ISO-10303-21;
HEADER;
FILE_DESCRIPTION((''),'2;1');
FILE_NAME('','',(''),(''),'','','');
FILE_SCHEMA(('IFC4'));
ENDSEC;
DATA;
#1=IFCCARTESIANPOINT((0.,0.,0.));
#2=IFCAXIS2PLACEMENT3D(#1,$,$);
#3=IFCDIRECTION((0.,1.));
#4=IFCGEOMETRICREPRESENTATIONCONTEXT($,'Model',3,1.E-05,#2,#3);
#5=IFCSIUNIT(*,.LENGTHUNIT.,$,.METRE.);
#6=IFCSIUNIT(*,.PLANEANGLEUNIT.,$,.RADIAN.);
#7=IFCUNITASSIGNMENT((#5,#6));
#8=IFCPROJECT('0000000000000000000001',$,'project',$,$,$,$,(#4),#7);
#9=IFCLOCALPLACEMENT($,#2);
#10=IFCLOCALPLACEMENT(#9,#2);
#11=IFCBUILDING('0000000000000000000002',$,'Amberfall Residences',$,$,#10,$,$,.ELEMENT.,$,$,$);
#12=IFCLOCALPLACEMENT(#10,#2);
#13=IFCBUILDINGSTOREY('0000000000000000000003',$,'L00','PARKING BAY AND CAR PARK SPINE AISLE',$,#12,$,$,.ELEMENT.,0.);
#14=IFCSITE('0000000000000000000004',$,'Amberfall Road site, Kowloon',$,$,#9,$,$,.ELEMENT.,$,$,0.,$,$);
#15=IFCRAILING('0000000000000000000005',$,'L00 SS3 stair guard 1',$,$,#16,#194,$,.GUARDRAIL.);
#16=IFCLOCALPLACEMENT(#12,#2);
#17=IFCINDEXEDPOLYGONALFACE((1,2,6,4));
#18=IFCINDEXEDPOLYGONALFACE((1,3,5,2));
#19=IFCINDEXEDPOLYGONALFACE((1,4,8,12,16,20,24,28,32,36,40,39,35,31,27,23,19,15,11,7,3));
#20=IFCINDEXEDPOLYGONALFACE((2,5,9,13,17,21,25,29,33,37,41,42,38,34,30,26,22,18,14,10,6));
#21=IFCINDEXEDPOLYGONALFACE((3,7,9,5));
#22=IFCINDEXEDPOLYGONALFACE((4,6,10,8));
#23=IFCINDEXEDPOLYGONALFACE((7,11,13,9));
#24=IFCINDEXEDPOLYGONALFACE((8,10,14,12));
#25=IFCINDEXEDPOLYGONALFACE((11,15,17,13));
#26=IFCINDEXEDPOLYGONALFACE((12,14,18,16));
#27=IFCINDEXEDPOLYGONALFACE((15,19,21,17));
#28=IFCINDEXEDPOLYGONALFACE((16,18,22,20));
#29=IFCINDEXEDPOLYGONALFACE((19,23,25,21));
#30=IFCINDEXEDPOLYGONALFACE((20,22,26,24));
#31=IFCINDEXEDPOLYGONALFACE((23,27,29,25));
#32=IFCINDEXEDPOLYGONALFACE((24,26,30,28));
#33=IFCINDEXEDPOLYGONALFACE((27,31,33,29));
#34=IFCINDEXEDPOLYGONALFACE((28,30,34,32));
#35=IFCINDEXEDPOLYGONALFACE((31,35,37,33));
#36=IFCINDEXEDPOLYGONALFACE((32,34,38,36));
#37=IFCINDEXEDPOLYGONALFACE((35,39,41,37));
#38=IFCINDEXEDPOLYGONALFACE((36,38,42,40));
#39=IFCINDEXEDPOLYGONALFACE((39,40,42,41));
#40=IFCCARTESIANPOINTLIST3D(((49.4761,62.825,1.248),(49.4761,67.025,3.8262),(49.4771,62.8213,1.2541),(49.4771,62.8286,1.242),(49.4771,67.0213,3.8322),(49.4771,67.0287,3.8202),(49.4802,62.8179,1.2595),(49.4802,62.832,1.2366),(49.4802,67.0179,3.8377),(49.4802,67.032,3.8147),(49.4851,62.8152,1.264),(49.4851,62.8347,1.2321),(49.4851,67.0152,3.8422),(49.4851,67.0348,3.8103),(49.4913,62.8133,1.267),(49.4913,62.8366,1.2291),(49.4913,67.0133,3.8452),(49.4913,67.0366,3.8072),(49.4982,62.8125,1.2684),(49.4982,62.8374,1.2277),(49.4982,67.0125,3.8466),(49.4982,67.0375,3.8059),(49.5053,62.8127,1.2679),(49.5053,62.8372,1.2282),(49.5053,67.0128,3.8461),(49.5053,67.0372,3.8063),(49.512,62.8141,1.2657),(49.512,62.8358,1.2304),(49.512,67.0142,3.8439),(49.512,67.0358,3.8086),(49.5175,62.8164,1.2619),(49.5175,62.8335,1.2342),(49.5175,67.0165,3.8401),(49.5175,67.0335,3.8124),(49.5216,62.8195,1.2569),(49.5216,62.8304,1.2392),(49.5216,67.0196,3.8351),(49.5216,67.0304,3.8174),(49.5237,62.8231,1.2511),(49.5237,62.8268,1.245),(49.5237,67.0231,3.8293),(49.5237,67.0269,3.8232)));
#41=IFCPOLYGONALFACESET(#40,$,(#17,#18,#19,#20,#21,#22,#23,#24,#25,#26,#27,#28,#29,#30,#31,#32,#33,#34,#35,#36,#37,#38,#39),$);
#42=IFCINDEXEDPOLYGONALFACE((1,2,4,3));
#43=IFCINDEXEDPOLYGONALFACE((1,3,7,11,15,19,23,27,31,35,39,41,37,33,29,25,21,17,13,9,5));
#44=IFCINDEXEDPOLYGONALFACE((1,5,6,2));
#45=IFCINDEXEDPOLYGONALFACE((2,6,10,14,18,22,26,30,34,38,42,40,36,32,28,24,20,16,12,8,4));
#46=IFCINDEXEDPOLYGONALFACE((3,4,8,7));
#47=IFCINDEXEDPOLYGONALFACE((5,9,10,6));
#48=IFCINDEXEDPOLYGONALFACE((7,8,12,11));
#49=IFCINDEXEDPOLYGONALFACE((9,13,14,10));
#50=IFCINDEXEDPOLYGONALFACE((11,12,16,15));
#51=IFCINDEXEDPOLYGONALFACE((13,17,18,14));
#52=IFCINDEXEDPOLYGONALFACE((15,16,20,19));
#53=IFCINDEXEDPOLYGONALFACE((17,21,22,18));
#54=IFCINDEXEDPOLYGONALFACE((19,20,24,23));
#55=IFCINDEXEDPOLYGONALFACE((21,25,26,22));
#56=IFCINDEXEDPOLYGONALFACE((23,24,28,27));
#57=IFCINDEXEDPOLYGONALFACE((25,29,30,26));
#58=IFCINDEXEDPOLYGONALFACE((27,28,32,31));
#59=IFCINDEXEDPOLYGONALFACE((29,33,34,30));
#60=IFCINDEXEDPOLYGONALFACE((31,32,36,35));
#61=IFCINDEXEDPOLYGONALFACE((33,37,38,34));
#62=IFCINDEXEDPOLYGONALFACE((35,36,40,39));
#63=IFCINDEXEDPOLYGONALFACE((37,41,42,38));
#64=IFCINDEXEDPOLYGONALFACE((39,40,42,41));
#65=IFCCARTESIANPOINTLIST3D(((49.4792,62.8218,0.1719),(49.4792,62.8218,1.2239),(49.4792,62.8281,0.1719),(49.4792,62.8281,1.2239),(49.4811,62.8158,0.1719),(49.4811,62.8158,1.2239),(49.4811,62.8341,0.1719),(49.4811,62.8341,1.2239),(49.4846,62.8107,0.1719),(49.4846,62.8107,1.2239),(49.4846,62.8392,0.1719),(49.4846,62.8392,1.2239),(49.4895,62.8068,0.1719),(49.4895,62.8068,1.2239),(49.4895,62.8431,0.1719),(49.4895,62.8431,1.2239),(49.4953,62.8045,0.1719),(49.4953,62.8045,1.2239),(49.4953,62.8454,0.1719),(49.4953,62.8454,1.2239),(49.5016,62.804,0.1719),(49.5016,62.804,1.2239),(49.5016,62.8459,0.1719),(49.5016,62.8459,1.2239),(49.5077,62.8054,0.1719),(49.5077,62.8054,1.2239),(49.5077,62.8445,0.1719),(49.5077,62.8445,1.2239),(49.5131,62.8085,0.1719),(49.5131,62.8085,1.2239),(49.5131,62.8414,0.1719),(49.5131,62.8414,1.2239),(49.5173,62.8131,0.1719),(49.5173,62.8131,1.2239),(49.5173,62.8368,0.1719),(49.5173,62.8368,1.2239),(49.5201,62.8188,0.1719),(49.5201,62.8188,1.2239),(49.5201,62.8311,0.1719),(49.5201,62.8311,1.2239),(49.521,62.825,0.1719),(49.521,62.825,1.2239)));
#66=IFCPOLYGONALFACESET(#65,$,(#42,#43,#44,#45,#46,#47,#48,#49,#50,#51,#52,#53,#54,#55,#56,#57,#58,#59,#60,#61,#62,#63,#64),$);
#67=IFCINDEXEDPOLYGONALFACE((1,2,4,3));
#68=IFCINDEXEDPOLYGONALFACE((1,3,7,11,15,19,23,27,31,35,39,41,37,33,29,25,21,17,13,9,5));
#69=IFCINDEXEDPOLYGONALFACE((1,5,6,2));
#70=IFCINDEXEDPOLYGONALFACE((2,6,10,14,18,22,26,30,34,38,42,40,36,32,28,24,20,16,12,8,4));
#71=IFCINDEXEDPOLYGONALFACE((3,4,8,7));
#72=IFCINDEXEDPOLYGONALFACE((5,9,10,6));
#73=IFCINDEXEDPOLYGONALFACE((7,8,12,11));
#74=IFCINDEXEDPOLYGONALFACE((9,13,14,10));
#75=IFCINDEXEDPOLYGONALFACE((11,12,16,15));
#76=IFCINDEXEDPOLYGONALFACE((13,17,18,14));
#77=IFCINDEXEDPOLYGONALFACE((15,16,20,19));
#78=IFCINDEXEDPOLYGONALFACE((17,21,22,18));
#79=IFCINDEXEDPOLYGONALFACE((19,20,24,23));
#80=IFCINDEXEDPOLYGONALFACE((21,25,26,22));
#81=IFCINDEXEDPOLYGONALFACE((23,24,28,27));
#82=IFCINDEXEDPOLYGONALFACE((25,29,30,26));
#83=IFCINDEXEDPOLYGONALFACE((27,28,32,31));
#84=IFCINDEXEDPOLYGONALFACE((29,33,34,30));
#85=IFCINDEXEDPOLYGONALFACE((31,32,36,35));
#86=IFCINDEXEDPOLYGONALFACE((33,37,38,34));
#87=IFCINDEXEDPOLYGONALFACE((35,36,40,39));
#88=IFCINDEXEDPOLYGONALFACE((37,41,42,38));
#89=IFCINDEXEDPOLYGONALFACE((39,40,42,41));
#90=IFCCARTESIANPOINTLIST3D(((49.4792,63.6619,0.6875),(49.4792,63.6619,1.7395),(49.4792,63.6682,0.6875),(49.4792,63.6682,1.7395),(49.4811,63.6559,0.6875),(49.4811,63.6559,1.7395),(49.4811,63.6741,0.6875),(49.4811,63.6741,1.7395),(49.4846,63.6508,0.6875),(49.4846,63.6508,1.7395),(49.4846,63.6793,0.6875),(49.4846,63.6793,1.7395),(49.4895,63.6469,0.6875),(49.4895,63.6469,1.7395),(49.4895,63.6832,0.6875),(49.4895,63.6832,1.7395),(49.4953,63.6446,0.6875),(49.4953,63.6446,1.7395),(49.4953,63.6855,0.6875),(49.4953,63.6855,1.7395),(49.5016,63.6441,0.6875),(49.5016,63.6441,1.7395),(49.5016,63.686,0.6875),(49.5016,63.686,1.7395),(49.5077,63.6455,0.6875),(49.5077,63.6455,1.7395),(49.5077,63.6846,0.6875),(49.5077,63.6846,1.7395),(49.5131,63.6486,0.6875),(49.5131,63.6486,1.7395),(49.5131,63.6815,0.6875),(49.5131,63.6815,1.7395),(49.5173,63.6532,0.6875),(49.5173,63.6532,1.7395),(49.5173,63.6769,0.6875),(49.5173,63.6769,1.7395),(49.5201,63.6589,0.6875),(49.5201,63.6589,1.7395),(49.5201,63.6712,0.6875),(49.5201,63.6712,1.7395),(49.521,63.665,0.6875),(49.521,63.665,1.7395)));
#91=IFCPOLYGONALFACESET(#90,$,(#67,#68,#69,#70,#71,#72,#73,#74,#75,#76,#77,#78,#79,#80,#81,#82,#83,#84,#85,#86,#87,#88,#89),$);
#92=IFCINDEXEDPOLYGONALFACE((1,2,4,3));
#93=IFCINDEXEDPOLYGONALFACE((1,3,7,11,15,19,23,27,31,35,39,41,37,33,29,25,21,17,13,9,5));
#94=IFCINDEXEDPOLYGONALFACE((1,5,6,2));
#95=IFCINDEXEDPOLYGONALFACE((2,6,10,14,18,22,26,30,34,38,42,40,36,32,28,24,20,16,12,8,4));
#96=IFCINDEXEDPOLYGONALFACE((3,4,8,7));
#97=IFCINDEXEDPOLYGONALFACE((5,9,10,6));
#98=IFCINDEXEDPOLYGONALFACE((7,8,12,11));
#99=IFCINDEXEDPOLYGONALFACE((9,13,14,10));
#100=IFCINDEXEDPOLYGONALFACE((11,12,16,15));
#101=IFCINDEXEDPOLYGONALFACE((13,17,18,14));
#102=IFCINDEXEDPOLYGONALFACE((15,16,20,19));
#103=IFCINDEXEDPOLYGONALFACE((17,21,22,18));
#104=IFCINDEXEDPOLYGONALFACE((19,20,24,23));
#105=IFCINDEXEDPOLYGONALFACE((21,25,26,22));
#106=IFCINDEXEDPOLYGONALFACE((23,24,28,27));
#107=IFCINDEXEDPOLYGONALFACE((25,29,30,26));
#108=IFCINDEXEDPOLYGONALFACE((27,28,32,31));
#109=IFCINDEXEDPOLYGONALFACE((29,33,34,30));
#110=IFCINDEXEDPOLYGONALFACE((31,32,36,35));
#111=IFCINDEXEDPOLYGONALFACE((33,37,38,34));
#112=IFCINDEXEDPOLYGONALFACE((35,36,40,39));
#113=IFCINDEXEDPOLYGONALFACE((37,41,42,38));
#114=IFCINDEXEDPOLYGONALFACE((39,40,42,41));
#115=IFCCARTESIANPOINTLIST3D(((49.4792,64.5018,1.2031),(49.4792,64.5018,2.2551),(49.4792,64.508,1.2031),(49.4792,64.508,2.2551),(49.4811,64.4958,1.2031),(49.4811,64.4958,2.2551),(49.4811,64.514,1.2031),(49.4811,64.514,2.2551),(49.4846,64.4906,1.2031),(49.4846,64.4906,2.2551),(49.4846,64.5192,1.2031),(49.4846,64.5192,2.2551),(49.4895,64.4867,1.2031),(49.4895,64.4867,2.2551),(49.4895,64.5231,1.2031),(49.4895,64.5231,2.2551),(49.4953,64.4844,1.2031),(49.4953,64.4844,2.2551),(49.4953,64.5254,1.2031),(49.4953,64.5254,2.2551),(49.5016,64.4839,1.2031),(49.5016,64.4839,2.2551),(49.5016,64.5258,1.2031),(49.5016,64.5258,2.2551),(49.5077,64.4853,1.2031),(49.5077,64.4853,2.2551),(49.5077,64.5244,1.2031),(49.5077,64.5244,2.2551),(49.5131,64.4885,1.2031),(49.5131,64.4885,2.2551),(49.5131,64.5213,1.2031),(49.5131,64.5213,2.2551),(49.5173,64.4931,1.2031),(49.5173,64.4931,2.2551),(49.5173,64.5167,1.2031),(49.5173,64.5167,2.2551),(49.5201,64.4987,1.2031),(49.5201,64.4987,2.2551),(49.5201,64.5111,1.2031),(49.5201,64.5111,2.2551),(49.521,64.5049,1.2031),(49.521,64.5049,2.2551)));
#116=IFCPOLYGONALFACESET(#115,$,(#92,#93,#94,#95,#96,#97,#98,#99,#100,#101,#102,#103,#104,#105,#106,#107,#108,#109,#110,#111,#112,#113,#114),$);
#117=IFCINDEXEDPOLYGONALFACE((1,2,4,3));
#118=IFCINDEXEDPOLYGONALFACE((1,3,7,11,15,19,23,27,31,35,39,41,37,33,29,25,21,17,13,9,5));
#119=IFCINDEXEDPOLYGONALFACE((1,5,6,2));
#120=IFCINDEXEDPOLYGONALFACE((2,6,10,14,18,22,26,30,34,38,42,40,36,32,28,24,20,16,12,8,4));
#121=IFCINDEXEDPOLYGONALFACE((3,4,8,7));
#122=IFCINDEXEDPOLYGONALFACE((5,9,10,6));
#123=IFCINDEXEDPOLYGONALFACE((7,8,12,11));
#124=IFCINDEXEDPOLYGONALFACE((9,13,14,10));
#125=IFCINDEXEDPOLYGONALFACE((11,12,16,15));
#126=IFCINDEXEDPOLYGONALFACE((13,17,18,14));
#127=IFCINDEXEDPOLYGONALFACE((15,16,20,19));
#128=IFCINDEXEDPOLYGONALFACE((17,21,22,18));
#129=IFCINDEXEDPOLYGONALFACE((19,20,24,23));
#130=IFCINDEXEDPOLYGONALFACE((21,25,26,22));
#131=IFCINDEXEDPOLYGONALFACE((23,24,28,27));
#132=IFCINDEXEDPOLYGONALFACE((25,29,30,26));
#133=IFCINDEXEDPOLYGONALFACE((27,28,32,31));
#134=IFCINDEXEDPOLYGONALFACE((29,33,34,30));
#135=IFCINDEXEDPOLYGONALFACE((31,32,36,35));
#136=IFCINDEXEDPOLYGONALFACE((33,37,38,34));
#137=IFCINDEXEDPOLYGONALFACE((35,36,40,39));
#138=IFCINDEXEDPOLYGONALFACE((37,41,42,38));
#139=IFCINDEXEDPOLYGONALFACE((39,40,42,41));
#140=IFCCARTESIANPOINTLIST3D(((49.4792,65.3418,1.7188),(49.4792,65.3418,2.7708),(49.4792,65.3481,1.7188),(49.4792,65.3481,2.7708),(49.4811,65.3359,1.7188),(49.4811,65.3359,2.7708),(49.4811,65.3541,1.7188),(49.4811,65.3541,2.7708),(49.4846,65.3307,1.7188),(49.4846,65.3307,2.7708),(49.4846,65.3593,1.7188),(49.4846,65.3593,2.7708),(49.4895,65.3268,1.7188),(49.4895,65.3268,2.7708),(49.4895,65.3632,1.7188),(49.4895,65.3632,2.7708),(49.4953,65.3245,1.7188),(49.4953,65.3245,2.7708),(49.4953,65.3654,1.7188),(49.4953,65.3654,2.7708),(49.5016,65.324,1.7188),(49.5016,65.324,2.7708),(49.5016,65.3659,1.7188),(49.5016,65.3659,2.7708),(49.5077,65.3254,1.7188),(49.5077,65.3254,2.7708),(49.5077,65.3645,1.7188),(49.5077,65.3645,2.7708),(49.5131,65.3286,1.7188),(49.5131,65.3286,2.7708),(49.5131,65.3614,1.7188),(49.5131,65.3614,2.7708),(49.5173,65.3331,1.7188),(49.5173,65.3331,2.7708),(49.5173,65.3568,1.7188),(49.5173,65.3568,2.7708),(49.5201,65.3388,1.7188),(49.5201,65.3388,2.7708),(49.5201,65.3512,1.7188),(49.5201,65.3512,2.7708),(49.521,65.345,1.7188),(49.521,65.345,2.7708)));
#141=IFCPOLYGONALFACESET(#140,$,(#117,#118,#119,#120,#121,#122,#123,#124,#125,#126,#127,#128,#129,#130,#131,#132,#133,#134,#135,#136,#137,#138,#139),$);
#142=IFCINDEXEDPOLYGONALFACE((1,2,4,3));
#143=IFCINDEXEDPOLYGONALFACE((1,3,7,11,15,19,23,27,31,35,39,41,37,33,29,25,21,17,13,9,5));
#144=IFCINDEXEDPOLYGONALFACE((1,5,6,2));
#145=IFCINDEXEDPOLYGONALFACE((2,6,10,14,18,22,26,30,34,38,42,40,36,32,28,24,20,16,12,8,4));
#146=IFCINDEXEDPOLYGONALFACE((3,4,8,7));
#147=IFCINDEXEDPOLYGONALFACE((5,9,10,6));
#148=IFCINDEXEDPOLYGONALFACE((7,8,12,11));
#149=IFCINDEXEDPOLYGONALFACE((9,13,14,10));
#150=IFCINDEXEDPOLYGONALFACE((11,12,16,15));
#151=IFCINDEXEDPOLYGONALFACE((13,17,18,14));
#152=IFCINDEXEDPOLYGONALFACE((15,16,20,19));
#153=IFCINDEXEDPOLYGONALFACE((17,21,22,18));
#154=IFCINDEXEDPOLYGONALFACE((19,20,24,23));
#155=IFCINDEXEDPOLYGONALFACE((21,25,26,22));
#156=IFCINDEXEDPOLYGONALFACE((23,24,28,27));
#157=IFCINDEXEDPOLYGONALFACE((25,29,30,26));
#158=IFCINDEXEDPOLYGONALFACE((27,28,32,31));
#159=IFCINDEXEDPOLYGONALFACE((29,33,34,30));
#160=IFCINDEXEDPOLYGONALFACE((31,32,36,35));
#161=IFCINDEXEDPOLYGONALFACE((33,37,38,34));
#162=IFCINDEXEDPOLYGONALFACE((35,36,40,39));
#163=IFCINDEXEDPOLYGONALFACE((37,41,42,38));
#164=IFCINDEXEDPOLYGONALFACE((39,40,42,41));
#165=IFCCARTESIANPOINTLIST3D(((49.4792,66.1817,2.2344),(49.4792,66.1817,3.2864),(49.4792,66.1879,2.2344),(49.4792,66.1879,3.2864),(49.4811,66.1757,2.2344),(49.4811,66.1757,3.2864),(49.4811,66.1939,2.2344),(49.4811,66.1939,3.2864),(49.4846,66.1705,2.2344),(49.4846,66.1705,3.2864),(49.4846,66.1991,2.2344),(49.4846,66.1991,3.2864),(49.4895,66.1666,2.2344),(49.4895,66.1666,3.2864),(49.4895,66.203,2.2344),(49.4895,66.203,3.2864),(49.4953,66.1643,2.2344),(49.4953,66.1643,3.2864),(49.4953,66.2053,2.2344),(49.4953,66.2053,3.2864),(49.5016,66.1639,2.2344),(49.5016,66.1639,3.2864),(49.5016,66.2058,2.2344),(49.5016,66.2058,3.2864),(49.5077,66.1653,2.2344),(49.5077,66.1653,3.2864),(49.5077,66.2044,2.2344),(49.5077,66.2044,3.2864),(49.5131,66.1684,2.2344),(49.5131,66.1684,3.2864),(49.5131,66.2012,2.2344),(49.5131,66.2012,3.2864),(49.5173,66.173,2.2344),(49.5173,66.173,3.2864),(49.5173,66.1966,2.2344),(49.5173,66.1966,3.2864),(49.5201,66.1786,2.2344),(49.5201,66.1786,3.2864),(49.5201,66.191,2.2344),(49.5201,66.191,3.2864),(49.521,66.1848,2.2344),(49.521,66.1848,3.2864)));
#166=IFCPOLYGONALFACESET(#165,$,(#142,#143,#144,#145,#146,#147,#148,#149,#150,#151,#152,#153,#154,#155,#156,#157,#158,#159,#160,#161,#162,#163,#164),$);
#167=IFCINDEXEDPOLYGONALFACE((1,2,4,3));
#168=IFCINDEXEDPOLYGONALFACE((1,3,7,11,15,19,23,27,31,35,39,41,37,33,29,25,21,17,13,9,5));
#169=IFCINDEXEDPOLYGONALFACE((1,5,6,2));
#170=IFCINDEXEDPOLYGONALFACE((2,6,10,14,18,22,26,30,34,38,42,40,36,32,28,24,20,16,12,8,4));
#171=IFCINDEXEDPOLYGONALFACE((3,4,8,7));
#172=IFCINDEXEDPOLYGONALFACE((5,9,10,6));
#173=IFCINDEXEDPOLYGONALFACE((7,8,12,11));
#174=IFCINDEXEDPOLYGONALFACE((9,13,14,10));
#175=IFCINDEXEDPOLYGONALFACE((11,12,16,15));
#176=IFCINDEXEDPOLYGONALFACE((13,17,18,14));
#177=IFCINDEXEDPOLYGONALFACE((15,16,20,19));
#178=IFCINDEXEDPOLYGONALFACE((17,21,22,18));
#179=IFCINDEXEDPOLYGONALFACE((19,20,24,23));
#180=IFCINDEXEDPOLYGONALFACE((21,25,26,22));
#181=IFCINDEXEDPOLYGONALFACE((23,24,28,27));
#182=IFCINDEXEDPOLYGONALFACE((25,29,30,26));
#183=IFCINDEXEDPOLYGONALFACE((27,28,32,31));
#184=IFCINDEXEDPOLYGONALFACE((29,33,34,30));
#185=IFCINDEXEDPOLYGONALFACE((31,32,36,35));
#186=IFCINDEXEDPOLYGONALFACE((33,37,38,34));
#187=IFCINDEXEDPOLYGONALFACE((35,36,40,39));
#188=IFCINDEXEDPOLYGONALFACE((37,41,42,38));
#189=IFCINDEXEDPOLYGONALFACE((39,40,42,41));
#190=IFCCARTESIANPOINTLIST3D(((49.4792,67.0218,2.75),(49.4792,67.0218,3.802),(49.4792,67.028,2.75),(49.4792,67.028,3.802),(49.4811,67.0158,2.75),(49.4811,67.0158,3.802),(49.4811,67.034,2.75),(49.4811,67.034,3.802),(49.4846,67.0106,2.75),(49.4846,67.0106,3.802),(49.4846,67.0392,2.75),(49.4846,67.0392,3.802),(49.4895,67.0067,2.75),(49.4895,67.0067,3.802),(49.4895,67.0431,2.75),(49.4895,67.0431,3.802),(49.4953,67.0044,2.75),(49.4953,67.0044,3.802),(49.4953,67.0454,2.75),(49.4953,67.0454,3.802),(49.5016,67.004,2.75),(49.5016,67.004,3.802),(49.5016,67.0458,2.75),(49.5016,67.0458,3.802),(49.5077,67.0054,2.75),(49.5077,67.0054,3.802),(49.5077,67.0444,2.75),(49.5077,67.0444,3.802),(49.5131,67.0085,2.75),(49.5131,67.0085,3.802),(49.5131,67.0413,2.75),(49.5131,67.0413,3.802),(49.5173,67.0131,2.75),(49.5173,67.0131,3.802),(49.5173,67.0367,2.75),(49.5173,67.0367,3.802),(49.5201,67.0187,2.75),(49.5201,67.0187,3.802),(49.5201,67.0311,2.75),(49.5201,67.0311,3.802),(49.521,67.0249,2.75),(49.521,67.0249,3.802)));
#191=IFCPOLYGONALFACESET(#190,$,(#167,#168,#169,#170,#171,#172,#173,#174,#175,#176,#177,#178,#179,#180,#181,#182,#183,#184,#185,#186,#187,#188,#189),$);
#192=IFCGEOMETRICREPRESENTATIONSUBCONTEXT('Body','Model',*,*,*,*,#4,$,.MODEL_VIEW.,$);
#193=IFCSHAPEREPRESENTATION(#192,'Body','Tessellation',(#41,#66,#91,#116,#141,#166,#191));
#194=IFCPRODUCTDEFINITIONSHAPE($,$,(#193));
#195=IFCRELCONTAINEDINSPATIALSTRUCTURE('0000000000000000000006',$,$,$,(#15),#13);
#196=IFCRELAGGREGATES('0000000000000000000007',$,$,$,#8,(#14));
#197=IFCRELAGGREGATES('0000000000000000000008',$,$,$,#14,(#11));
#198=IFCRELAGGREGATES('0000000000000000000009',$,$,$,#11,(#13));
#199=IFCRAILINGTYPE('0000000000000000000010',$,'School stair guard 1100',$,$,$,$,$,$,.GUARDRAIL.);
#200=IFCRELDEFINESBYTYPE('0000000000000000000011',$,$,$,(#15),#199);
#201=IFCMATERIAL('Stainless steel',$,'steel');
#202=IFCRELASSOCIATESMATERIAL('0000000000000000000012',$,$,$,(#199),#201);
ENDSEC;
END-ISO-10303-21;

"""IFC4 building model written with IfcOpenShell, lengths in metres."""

from ifc_helpers import new_model, si_unit, direction, frame, origin, origin_2d, place, context, subcontext, project, spatial, circle, extrude, material, type_object, element, save


model = new_model("IFC4")

# Units and contexts
model_context = context("Model", 3, precision=1e-05, world=origin(), true_north=direction((0.0, 1.0)))
body_context = subcontext(model_context, "Body", "Model", "MODEL_VIEW")
ifc_project = project(units=[si_unit("LENGTHUNIT", "METRE"), si_unit("PLANEANGLEUNIT", "RADIAN")], contexts=[model_context])

# Site, building, storey
site_placement = place(None, origin())
site = spatial("IfcSite", under=ifc_project, at=site_placement, Name="Amberfall Road site, Kowloon", CompositionType="ELEMENT", RefElevation=0.0)
building_placement = place(site_placement, origin())
building = spatial("IfcBuilding", under=site, at=building_placement, Name="Amberfall Residences", CompositionType="ELEMENT")
storey_placement = place(building_placement, origin())
storey = spatial("IfcBuildingStorey", under=building, at=storey_placement, Name="L00", Description="PARKING BAY AND CAR PARK SPINE AISLE", CompositionType="ELEMENT", Elevation=0.0)

# Railing
ifc_material_1 = material(Name="Stainless steel", Category="steel")
railing_type_1 = type_object("IfcRailingType", Name="School stair guard 1100", PredefinedType="GUARDRAIL", material=ifc_material_1)
railing_1_placement = place(storey_placement, frame((49.5, 62.825, 0.1719)))
element("IfcRailing", 1, at=railing_1_placement, inside=storey, type_object=railing_type_1, Name="L00 SS3 stair guard 1", PredefinedType="GUARDRAIL", context=body_context, shape_type="SweptSolid", body=[
    extrude(circle(Radius=0.0239, at=origin_2d()), frame((0.0, 0.0, 1.0762), z_axis=(0.0, 0.852243, 0.523146), x_axis=(-1.0, 0.0, 0.0)), (0.0, 0.0, 1.0), 4.9282),
    extrude(circle(Radius=0.021, at=origin_2d()), origin(), (0.0, 0.0, 1.0), 1.052),
    extrude(circle(Radius=0.021, at=origin_2d()), frame((0.0, 0.8401, 0.5156)), (0.0, 0.0, 1.0), 1.052),
    extrude(circle(Radius=0.021, at=origin_2d()), frame((0.0, 1.6799, 1.0312)), (0.0, 0.0, 1.0), 1.052),
    extrude(circle(Radius=0.021, at=origin_2d()), frame((0.0, 2.52, 1.5469)), (0.0, 0.0, 1.0), 1.052),
    extrude(circle(Radius=0.021, at=origin_2d()), frame((0.0, 3.3599, 2.0625)), (0.0, 0.0, 1.0), 1.052),
    extrude(circle(Radius=0.021, at=origin_2d()), frame((0.0, 4.2, 2.5781)), (0.0, 0.0, 1.0), 1.052),
])

save(model, "model.ifc")
